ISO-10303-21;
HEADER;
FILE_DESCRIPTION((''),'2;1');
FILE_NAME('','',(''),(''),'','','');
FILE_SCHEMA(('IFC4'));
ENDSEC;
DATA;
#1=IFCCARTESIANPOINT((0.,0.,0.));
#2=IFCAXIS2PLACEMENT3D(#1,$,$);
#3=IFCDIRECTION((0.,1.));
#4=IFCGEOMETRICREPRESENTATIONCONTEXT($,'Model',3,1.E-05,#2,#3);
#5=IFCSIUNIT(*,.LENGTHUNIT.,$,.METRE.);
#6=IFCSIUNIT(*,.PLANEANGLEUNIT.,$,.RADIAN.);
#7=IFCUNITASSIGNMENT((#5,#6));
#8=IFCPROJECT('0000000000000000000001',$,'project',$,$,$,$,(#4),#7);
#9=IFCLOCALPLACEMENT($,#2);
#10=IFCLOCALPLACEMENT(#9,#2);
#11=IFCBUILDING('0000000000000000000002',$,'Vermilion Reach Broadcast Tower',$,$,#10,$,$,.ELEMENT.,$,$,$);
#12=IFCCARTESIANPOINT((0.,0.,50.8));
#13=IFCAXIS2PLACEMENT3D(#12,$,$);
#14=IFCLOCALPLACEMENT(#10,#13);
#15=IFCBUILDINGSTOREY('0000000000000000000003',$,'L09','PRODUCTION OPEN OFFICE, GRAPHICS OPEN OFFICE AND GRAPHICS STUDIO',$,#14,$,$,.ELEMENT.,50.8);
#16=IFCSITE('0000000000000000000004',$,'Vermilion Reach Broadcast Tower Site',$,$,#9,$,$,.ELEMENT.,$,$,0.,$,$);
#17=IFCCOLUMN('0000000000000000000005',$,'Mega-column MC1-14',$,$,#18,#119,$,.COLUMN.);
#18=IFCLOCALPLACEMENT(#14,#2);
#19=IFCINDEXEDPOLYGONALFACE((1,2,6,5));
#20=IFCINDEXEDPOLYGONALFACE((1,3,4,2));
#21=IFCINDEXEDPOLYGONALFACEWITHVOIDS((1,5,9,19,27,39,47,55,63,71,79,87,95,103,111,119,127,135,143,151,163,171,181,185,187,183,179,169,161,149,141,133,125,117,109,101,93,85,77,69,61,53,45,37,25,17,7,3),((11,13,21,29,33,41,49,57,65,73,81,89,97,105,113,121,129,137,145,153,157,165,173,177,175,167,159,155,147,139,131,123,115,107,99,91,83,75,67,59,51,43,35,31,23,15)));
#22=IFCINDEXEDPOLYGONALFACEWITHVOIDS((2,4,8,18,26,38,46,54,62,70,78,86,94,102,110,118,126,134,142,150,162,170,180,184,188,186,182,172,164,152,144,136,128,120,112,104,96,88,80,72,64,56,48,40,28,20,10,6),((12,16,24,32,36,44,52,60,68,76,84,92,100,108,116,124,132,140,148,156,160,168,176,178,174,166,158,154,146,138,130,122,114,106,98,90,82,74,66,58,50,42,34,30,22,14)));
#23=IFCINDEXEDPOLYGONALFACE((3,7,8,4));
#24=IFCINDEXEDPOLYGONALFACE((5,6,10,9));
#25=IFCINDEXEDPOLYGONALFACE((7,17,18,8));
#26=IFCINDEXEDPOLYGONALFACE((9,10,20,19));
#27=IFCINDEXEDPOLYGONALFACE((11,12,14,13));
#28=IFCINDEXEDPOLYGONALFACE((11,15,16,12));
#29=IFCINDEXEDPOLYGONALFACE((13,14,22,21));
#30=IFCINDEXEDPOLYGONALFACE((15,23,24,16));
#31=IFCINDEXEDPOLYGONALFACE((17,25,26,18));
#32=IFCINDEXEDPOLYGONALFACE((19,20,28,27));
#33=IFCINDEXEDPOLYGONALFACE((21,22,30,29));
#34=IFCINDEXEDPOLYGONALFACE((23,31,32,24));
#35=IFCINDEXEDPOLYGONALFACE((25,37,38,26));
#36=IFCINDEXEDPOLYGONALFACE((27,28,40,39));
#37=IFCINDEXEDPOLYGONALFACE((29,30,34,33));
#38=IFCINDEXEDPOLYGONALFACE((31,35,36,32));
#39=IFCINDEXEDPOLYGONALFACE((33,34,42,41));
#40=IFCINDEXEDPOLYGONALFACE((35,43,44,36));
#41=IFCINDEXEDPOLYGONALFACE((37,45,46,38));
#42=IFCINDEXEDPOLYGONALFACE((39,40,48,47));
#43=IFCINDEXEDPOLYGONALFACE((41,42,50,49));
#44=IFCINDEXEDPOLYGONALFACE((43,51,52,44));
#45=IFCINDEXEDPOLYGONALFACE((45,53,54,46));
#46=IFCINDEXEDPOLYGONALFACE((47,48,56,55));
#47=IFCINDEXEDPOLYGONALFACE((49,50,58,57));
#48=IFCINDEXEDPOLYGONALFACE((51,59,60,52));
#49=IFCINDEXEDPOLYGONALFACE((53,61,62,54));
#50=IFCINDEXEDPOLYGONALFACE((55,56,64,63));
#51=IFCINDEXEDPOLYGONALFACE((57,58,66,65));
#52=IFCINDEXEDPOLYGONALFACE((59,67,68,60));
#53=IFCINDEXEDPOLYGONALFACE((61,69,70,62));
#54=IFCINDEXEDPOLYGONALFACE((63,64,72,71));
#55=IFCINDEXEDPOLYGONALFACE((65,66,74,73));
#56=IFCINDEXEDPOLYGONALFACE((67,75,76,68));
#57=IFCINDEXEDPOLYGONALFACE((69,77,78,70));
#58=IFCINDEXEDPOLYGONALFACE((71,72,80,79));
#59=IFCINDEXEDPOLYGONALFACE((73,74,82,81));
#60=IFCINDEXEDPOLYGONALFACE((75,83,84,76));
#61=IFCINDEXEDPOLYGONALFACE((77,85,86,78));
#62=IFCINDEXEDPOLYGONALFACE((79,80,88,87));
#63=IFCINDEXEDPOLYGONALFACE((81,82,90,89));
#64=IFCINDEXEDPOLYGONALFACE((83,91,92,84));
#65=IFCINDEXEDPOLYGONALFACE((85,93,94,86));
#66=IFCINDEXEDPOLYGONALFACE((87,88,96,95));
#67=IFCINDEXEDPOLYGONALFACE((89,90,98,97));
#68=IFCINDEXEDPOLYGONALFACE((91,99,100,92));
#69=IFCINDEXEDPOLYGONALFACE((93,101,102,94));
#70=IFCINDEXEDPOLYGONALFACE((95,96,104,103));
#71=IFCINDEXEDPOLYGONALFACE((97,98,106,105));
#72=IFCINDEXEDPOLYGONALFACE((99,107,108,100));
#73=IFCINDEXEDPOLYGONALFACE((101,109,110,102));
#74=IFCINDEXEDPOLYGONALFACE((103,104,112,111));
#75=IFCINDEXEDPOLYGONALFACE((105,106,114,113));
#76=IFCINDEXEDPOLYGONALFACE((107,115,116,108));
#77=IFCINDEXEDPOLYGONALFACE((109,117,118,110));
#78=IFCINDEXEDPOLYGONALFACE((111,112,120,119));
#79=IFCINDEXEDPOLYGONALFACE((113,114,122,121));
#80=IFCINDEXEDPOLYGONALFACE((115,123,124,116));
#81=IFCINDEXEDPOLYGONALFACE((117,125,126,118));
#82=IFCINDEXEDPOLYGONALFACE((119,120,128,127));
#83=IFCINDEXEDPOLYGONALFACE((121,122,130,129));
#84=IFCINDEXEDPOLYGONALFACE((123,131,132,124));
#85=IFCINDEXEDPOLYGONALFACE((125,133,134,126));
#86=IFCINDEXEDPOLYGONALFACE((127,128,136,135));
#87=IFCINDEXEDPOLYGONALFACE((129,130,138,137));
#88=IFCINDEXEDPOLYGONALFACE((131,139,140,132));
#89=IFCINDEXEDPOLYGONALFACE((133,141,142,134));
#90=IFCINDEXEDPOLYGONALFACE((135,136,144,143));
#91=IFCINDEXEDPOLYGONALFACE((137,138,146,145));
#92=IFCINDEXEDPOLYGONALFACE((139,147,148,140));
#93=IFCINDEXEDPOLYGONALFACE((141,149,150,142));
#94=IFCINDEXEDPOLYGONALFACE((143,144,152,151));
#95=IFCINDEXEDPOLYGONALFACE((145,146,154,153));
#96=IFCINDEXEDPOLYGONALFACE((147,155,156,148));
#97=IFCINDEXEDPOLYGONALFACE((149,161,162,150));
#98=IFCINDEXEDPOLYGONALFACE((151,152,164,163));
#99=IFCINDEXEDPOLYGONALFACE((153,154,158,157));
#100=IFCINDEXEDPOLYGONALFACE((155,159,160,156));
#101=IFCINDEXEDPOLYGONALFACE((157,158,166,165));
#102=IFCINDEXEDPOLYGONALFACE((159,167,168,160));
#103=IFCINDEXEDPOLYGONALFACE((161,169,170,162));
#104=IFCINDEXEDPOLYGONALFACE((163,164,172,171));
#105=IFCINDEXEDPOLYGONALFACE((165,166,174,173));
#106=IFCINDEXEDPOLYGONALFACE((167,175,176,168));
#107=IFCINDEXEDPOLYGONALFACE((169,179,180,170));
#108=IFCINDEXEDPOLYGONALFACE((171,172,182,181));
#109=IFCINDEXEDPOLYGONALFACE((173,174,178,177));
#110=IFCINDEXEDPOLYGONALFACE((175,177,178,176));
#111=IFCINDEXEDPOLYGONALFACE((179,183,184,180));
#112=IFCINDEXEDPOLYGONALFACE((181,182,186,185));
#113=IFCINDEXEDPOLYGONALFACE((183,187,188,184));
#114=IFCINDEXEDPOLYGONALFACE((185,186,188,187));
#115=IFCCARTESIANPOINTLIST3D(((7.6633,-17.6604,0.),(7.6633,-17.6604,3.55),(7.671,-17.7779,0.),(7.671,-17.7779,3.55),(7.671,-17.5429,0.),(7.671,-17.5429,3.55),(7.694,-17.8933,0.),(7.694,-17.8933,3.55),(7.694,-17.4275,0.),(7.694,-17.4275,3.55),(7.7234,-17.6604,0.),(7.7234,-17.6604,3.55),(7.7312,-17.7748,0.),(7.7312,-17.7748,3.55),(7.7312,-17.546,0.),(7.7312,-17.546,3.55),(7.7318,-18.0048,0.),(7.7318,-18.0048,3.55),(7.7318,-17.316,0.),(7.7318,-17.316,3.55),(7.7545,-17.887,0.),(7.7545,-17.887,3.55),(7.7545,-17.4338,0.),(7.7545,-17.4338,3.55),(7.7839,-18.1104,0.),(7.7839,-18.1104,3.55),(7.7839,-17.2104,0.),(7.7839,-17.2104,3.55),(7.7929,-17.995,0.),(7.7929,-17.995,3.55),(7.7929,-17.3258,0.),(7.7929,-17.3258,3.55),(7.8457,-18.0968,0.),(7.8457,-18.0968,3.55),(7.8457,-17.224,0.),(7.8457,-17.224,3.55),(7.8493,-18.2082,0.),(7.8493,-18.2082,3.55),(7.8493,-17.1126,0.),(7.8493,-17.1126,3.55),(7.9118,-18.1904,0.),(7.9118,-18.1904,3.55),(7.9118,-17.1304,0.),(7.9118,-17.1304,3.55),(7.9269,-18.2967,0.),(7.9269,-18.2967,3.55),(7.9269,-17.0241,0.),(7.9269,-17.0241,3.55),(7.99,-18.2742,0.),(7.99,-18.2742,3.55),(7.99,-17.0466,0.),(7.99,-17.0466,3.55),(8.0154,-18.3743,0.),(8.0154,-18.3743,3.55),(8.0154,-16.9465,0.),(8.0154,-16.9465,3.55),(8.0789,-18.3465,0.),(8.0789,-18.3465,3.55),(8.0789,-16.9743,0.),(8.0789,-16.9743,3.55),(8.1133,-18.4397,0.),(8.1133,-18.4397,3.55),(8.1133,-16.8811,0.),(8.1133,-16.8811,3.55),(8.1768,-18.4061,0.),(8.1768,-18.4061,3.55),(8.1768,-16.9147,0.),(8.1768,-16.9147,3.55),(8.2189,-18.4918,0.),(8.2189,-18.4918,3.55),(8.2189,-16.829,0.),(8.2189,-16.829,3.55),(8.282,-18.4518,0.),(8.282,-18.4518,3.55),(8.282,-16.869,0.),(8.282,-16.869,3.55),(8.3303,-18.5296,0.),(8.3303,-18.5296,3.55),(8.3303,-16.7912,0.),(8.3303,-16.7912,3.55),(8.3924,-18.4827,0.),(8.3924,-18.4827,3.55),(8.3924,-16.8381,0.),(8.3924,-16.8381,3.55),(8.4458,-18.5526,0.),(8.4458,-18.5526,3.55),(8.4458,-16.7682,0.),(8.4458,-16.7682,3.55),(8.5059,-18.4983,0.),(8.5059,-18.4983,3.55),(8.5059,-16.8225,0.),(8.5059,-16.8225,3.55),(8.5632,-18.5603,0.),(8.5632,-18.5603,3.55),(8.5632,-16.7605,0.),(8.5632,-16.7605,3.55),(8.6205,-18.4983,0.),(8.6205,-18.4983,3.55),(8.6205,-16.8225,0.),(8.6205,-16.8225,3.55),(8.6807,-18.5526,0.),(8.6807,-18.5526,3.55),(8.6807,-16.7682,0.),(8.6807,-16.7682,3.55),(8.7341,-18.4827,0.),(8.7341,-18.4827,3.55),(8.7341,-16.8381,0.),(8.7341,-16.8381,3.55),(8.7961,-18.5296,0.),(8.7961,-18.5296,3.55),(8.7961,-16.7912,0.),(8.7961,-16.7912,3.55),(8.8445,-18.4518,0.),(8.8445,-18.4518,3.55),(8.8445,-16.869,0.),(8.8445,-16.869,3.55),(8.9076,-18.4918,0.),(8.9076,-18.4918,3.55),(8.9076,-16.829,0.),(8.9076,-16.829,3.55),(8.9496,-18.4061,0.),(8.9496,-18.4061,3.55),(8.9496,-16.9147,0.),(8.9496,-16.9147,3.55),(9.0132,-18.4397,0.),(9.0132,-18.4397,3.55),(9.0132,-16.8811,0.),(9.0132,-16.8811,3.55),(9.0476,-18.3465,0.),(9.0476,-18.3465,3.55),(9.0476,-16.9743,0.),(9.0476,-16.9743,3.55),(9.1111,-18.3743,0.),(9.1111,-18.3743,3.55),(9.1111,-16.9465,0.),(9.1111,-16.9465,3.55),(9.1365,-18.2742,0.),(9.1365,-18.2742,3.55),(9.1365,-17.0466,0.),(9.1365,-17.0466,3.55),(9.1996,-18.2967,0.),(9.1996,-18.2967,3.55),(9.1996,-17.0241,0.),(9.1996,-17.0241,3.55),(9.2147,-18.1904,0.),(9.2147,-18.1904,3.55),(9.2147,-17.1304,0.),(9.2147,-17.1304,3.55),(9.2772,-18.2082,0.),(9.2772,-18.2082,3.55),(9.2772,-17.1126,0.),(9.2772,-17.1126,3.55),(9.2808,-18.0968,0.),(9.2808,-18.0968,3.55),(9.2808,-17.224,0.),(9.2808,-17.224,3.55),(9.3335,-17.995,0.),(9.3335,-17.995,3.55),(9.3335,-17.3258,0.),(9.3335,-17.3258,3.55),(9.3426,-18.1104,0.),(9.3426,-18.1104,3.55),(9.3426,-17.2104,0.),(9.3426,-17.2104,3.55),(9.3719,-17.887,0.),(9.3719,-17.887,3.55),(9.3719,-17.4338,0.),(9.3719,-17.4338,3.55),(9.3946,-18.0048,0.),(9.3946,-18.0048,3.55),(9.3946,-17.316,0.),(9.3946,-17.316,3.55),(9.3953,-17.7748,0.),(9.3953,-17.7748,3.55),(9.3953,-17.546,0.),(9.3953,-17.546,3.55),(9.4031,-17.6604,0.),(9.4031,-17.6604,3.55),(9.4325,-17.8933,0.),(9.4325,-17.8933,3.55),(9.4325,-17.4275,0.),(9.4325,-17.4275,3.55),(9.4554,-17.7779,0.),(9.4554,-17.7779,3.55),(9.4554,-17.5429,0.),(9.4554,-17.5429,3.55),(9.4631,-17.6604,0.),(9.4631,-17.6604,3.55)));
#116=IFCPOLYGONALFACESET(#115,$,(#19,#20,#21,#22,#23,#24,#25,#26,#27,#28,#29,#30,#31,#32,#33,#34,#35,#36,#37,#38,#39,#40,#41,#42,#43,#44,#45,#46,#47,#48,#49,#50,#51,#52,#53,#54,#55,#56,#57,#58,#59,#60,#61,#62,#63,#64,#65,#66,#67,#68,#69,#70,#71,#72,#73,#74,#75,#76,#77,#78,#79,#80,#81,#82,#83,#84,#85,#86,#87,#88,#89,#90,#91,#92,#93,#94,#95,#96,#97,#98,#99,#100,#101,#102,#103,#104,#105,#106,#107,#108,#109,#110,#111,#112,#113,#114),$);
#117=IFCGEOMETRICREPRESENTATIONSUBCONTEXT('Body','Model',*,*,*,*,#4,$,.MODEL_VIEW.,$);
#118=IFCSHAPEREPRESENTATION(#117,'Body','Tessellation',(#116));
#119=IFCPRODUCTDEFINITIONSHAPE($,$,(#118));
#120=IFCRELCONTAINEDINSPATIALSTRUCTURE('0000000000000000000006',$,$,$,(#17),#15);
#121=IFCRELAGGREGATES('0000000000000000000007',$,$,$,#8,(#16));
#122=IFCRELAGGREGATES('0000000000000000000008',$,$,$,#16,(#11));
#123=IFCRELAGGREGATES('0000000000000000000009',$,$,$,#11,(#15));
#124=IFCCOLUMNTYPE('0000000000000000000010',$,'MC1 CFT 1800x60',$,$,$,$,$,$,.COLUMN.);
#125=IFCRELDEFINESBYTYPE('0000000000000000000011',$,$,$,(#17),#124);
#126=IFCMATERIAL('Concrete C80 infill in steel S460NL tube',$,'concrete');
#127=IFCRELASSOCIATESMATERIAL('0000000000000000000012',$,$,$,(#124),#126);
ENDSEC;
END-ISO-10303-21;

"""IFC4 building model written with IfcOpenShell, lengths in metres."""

from ifc_helpers import new_model, si_unit, direction, frame, origin, origin_2d, place, context, subcontext, project, spatial, hollow_circle, extrude, material, material_profile, profile_set, type_object, element, save


model = new_model("IFC4")

# Units and contexts
model_context = context("Model", 3, precision=1e-05, world=origin(), true_north=direction((0.0, 1.0)))
body_context = subcontext(model_context, "Body", "Model", "MODEL_VIEW")
ifc_project = project(units=[si_unit("LENGTHUNIT", "METRE"), si_unit("PLANEANGLEUNIT", "RADIAN")], contexts=[model_context])

# Site, building, storey
site_placement = place(None, origin())
site = spatial("IfcSite", under=ifc_project, at=site_placement, Name="Vermilion Reach Broadcast Tower Site", CompositionType="ELEMENT", RefElevation=0.0)
building_placement = place(site_placement, origin())
building = spatial("IfcBuilding", under=site, at=building_placement, Name="Vermilion Reach Broadcast Tower", CompositionType="ELEMENT")
storey_placement = place(building_placement, frame((0.0, 0.0, 50.8)))
storey = spatial("IfcBuildingStorey", under=building, at=storey_placement, Name="L09", Description="PRODUCTION OPEN OFFICE, GRAPHICS OPEN OFFICE AND GRAPHICS STUDIO", CompositionType="ELEMENT", Elevation=50.8)

# Column
ifc_material_1 = material(Name="Concrete C80 infill in steel S460NL tube", Category="concrete")
ifc_material_profile_1 = material_profile(ifc_material_1, hollow_circle(Radius=0.8999, WallThickness=0.0601, at=origin_2d()), Name="Concrete C80 infill in steel S460NL tube CFT 1800x60")
ifc_profile_set_1 = profile_set([ifc_material_profile_1], Name="Concrete C80 infill in steel S460NL tube")
column_type = type_object("IfcColumnType", Name="MC1 CFT 1800x60", PredefinedType="COLUMN", material=ifc_profile_set_1)
for number, where, z_axis, x_axis, name in (
    (1, (8.5632, -17.6604, 0.0), (0.0, 0.0, 1.0), (1.0, 0.0, 0.0), "Mega-column MC1-14"),
):
    element("IfcColumn", number, at=place(storey_placement, frame(where, z_axis=z_axis, x_axis=x_axis)), inside=storey, type_object=column_type, Name=name, PredefinedType="COLUMN", context=body_context, shape_type="SweptSolid", body=[
        extrude(hollow_circle(Radius=0.8999, WallThickness=0.0601, at=origin_2d()), origin(), (0.0, 0.0, 1.0), 3.55),
    ])

save(model, "model.ifc")
